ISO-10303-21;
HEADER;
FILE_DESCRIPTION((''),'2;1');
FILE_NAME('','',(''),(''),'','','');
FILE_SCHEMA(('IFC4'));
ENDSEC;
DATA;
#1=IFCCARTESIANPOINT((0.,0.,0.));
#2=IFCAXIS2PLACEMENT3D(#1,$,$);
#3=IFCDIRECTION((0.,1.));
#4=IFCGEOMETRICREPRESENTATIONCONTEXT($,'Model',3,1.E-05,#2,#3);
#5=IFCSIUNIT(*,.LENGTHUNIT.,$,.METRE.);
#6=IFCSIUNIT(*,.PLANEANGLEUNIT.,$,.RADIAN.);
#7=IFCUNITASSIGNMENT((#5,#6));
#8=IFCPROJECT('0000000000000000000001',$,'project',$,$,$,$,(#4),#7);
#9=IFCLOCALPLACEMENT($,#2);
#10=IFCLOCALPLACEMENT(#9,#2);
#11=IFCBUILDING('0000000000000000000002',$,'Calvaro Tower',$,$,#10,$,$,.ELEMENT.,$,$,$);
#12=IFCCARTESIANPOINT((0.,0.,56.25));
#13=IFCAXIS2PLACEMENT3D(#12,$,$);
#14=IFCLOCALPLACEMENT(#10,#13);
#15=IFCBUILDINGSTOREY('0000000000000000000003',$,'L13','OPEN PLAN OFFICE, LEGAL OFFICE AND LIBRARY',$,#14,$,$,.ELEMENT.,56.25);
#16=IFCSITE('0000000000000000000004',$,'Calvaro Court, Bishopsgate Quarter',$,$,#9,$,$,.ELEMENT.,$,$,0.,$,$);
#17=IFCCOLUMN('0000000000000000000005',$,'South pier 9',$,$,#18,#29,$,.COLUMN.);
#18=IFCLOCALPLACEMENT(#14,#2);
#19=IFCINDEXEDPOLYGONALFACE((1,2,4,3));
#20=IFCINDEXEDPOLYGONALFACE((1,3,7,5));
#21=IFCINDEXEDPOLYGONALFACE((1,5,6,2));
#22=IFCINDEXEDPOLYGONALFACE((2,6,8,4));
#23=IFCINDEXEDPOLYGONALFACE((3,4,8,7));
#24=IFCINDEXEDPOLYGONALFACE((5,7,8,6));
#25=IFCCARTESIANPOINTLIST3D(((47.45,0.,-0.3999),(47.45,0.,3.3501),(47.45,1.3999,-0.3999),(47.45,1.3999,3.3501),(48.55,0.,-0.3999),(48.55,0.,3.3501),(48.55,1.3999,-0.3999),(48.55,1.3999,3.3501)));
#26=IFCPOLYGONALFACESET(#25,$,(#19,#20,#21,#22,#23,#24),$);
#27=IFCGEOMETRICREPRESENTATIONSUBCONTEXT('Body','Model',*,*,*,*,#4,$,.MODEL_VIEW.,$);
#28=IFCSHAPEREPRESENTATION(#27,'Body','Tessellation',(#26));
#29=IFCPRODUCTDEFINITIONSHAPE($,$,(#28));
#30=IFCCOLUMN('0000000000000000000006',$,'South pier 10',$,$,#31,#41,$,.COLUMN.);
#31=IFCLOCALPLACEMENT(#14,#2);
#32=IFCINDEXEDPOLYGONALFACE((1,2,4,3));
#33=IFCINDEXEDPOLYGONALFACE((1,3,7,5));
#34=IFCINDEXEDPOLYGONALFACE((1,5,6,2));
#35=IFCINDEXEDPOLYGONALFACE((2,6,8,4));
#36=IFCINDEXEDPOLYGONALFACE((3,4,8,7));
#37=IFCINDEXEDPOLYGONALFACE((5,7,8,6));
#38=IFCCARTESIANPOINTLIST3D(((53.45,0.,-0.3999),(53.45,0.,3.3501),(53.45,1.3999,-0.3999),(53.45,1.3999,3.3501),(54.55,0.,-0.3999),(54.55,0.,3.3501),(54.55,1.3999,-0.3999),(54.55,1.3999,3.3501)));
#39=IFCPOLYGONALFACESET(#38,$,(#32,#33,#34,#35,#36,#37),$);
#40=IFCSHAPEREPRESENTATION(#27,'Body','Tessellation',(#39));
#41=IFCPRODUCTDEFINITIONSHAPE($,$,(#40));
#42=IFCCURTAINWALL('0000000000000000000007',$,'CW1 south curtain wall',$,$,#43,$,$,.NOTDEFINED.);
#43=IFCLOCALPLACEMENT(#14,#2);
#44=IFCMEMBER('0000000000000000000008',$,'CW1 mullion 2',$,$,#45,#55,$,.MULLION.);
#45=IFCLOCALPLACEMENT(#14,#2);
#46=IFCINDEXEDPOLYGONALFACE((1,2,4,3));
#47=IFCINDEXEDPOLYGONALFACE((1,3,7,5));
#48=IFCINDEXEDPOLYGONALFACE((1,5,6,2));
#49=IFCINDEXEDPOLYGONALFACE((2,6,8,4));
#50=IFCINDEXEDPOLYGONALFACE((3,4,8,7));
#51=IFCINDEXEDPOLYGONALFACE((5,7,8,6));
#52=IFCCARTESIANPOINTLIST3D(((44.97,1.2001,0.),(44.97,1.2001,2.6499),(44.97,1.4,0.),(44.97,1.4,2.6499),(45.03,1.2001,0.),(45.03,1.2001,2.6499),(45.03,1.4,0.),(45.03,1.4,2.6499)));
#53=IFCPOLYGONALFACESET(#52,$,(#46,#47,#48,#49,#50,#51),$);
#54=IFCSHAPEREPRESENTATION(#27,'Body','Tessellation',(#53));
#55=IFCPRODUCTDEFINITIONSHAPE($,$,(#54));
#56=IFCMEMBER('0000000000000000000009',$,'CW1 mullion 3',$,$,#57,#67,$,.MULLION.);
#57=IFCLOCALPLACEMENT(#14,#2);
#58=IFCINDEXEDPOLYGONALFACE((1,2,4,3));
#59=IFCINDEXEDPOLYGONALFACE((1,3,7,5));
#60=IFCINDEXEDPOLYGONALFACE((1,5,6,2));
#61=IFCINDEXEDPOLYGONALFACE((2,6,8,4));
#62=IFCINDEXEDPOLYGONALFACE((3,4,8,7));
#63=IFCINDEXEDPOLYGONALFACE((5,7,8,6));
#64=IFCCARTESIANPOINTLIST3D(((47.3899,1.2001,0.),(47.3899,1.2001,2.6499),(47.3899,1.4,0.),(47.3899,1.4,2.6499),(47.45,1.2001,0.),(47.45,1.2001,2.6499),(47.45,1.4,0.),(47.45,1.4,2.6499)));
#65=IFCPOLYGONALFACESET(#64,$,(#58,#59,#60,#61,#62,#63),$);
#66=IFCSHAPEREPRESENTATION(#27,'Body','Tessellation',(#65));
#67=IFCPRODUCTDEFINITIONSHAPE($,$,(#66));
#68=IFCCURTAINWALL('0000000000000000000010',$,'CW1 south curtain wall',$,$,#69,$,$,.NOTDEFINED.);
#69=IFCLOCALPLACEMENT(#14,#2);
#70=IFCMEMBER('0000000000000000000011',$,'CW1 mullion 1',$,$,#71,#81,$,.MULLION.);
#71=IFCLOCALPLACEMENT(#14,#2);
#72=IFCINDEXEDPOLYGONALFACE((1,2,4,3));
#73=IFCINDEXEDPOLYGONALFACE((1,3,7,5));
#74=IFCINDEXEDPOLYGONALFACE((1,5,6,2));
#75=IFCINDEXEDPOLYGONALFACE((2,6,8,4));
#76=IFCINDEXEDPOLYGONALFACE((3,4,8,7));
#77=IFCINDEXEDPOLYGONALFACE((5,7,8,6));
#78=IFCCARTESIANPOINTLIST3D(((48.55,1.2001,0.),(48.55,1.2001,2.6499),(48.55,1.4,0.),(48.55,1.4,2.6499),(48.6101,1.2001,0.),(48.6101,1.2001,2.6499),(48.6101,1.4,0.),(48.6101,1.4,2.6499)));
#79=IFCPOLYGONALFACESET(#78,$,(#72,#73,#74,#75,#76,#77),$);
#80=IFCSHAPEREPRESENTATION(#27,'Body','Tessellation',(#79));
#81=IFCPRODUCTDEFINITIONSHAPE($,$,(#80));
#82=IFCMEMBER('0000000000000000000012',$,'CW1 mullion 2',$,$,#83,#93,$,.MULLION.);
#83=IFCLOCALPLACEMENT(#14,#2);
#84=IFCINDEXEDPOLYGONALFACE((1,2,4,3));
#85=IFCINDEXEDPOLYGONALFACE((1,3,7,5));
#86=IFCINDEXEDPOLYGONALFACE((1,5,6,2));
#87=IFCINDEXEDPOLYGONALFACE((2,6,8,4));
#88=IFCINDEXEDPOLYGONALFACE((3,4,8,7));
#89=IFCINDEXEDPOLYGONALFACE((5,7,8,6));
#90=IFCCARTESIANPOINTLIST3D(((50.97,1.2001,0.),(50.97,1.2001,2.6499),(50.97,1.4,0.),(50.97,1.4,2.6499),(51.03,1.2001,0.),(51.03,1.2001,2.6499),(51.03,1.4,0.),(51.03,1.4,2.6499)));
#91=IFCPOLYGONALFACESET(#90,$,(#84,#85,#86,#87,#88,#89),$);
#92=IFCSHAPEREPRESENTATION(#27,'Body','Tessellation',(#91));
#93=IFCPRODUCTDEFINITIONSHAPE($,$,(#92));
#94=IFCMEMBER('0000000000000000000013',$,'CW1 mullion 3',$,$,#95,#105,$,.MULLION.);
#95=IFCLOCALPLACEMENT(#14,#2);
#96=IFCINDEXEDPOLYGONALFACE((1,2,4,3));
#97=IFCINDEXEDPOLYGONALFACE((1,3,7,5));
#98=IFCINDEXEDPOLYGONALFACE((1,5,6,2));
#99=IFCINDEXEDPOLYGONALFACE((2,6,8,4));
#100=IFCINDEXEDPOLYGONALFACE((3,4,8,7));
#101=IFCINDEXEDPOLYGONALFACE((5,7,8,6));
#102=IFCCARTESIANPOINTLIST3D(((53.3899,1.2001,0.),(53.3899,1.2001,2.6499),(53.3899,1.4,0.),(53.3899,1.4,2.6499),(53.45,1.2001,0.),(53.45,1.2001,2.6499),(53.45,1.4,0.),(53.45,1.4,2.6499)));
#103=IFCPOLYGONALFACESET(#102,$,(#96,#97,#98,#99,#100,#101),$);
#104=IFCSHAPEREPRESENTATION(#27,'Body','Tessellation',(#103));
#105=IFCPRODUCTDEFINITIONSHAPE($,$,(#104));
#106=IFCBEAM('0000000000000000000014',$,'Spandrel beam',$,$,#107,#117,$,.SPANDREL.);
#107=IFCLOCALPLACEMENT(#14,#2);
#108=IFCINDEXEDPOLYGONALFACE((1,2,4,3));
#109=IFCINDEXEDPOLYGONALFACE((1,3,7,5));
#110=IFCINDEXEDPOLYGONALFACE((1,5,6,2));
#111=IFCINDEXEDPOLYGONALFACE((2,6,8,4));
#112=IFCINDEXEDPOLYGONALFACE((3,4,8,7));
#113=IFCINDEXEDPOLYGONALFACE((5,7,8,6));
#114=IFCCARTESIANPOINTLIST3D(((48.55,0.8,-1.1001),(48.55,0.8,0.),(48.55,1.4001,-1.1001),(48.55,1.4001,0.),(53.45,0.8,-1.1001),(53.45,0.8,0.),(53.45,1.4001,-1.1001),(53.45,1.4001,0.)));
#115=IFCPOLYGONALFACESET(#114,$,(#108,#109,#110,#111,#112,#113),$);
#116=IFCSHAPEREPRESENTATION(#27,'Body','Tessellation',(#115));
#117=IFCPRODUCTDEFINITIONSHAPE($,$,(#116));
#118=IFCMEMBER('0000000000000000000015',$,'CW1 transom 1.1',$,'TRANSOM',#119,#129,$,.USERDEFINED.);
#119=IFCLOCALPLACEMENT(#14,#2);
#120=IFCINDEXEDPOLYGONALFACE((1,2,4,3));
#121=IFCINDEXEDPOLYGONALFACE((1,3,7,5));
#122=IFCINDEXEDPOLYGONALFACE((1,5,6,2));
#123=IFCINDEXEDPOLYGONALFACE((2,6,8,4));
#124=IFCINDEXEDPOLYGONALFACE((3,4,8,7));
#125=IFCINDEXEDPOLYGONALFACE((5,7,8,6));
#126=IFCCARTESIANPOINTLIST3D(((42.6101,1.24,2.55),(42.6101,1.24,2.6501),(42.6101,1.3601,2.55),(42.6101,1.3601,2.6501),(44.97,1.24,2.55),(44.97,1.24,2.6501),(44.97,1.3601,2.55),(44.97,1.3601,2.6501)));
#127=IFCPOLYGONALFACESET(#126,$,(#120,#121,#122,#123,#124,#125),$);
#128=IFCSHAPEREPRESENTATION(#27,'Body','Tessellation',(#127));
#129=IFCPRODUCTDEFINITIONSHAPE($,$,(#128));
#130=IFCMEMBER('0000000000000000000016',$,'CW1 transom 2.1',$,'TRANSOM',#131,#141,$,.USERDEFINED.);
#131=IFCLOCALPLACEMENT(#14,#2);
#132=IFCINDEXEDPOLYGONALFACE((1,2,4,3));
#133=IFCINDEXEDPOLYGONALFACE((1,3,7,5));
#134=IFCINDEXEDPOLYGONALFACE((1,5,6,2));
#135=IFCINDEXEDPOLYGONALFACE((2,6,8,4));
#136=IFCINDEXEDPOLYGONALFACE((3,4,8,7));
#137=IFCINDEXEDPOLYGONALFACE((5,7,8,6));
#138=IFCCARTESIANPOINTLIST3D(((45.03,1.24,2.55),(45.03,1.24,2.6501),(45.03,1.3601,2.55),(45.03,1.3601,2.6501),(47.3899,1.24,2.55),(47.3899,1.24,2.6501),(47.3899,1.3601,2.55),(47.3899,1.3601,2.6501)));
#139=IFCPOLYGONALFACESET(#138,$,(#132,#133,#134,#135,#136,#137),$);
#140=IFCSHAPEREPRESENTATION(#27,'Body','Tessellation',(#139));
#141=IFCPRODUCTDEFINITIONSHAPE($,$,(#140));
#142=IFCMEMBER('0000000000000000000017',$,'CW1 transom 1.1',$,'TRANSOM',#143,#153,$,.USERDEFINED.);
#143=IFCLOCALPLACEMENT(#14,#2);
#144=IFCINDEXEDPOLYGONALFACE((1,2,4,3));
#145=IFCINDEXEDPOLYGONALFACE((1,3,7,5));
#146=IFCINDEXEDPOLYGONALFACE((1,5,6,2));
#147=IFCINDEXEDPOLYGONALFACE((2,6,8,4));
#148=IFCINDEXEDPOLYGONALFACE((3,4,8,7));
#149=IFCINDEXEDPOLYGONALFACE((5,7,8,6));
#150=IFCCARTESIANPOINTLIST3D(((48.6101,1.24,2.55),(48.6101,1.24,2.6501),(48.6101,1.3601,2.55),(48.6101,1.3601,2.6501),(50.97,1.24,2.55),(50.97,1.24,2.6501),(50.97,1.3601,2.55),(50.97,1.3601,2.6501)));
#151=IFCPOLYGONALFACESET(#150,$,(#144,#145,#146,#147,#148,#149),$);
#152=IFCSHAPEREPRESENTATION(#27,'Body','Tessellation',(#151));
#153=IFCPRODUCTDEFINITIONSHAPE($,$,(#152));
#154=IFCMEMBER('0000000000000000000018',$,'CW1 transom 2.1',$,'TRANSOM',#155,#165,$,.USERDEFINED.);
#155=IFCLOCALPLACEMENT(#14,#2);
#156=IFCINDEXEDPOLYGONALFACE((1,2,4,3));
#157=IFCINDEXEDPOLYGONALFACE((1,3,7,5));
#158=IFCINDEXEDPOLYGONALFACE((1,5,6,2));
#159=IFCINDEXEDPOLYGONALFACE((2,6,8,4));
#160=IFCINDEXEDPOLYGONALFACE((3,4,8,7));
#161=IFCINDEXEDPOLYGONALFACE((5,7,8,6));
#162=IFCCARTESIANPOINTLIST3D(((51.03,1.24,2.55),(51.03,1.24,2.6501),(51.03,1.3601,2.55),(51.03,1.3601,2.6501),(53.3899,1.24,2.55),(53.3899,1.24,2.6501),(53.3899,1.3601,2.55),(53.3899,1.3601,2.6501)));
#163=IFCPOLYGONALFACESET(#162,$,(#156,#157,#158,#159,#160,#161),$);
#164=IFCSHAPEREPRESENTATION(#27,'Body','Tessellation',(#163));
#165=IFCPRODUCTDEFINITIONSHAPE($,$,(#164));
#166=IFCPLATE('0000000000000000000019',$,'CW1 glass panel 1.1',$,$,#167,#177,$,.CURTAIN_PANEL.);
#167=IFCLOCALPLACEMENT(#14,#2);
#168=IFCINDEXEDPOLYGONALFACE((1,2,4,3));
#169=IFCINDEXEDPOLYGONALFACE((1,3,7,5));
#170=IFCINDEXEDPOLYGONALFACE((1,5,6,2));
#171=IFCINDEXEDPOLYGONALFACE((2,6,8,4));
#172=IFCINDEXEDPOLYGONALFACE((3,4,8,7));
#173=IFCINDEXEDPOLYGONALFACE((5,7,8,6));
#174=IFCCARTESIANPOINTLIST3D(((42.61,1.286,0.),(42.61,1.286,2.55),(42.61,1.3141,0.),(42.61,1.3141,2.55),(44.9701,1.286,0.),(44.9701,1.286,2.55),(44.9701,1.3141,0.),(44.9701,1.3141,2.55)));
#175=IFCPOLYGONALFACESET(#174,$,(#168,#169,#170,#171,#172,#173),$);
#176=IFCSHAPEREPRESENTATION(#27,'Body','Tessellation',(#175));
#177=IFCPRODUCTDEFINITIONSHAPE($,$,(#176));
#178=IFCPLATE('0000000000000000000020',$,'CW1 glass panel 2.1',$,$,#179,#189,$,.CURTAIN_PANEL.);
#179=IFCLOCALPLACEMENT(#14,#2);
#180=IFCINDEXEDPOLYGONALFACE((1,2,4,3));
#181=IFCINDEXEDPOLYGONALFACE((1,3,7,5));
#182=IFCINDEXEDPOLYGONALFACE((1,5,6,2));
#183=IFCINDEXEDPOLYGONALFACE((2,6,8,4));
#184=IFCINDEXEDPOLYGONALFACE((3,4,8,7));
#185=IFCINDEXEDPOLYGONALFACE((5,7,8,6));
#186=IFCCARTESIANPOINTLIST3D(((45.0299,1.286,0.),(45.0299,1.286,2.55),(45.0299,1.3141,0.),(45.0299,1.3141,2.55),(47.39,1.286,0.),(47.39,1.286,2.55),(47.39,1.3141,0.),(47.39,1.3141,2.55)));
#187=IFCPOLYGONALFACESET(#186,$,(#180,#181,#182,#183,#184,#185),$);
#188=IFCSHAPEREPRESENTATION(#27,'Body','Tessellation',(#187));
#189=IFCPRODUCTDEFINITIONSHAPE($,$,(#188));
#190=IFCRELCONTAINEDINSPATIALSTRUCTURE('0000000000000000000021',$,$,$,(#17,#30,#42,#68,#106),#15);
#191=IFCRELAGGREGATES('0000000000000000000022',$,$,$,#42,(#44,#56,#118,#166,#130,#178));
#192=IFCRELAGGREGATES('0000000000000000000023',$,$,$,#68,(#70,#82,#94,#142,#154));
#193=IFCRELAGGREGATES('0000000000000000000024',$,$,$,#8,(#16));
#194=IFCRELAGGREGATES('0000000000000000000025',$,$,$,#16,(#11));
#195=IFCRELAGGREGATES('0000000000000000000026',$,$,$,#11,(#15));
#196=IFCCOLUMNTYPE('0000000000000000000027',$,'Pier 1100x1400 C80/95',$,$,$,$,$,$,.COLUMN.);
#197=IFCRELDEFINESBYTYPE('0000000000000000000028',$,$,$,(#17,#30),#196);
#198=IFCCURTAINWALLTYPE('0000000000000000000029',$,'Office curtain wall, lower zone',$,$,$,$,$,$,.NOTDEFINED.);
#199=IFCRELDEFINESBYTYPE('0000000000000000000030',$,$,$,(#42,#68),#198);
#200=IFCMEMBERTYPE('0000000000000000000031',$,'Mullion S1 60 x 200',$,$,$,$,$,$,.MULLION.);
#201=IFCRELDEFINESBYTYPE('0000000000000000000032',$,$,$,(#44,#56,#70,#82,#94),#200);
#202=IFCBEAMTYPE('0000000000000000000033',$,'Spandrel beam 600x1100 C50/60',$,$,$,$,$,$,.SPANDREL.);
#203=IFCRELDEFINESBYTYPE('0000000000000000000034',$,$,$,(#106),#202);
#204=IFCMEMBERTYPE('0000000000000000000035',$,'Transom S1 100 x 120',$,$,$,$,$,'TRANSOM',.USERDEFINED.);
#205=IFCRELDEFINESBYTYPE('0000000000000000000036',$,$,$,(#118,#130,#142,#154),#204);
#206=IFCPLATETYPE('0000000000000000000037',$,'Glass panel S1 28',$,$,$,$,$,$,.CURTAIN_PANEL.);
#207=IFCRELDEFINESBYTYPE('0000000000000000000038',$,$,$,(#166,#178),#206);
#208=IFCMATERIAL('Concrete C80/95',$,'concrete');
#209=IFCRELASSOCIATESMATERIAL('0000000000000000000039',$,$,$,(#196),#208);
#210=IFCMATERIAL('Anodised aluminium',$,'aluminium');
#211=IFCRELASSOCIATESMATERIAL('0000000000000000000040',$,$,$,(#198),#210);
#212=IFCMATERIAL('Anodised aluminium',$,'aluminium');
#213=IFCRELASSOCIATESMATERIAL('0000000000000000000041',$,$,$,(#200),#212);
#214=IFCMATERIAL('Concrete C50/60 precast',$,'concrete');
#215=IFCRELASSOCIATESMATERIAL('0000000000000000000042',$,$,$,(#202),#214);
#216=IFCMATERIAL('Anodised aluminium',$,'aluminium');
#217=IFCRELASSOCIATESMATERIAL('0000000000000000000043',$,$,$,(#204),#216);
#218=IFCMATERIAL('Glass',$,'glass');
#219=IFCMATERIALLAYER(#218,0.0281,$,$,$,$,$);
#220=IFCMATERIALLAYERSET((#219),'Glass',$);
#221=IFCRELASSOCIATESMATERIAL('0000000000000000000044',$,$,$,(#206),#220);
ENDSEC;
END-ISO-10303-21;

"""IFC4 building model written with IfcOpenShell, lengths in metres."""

from ifc_helpers import new_model, si_unit, direction, frame, origin, origin_2d, place, context, subcontext, project, spatial, rectangle, extrude, material, layer, layer_set, material_profile, profile_set, type_object, element, aggregate, save


model = new_model("IFC4")

# Units and contexts
model_context = context("Model", 3, precision=1e-05, world=origin(), true_north=direction((0.0, 1.0)))
body_context = subcontext(model_context, "Body", "Model", "MODEL_VIEW")
ifc_project = project(units=[si_unit("LENGTHUNIT", "METRE"), si_unit("PLANEANGLEUNIT", "RADIAN")], contexts=[model_context])

# Site, building, storey
site_placement = place(None, origin())
site = spatial("IfcSite", under=ifc_project, at=site_placement, Name="Calvaro Court, Bishopsgate Quarter", CompositionType="ELEMENT", RefElevation=0.0)
building_placement = place(site_placement, origin())
building = spatial("IfcBuilding", under=site, at=building_placement, Name="Calvaro Tower", CompositionType="ELEMENT")
storey_placement = place(building_placement, frame((0.0, 0.0, 56.25)))
storey = spatial("IfcBuildingStorey", under=building, at=storey_placement, Name="L13", Description="OPEN PLAN OFFICE, LEGAL OFFICE AND LIBRARY", CompositionType="ELEMENT", Elevation=56.25)

# Columns
ifc_material_1 = material(Name="Concrete C80/95", Category="concrete")
ifc_material_profile_1 = material_profile(ifc_material_1, rectangle(XDim=1.1001, YDim=1.3999, at=origin_2d()), Name="RC 1100x1400")
ifc_profile_set_1 = profile_set([ifc_material_profile_1], Name="Concrete C80/95")
column_type = type_object("IfcColumnType", Name="Pier 1100x1400 C80/95", PredefinedType="COLUMN", material=ifc_profile_set_1)
for number, where, z_axis, x_axis, name in (
    (1, (48.0, 0.7, -0.3999), (0.0, 0.0, 1.0), (1.0, 0.0, 0.0), "South pier 9"),
    (2, (54.0, 0.7, -0.3999), (0.0, 0.0, 1.0), (1.0, 0.0, 0.0), "South pier 10"),
):
    element("IfcColumn", number, at=place(storey_placement, frame(where, z_axis=z_axis, x_axis=x_axis)), inside=storey, type_object=column_type, Name=name, PredefinedType="COLUMN", context=body_context, shape_type="SweptSolid", body=[
        extrude(rectangle(XDim=1.1001, YDim=1.3999, at=origin_2d()), origin(), (0.0, 0.0, 1.0), 3.75),
    ])

# Curtain walls, members
ifc_material_2 = material(Name="Anodised aluminium", Category="aluminium")
curtain_wall_type = type_object("IfcCurtainWallType", Name="Office curtain wall, lower zone", PredefinedType="NOTDEFINED", material=ifc_material_2)
curtain_wall_1_placement = place(storey_placement, origin())
curtain_wall_1 = element("IfcCurtainWall", 3, at=curtain_wall_1_placement, inside=storey, type_object=curtain_wall_type, Name="CW1 south curtain wall", PredefinedType="NOTDEFINED")
ifc_material_3 = material(Name="Anodised aluminium", Category="aluminium")
ifc_material_profile_2 = material_profile(ifc_material_3, rectangle(XDim=0.2, YDim=0.0601, at=origin_2d()), Name="Mullion S1 60 x 200")
ifc_profile_set_2 = profile_set([ifc_material_profile_2], Name="Anodised aluminium")
member_type_1 = type_object("IfcMemberType", Name="Mullion S1 60 x 200", PredefinedType="MULLION", material=ifc_profile_set_2)
member_1_placement = place(storey_placement, frame((45.0, 1.3, 0.0), z_axis=(0.0, 0.0, 1.0), x_axis=(0.0, 1.0, 0.0)))
member_1 = element("IfcMember", 4, at=member_1_placement, type_object=member_type_1, Name="CW1 mullion 2", PredefinedType="MULLION", context=body_context, shape_type="SweptSolid", body=[
    extrude(rectangle(XDim=0.2, YDim=0.0601, at=origin_2d()), origin(), (0.0, 0.0, 1.0), 2.6499),
])
member_2_placement = place(storey_placement, frame((47.4199, 1.3, 0.0), z_axis=(0.0, 0.0, 1.0), x_axis=(0.0, 1.0, 0.0)))
member_2 = element("IfcMember", 5, at=member_2_placement, type_object=member_type_1, Name="CW1 mullion 3", PredefinedType="MULLION", context=body_context, shape_type="SweptSolid", body=[
    extrude(rectangle(XDim=0.2, YDim=0.0601, at=origin_2d()), origin(), (0.0, 0.0, 1.0), 2.6499),
])
curtain_wall_2_placement = place(storey_placement, origin())
curtain_wall_2 = element("IfcCurtainWall", 6, at=curtain_wall_2_placement, inside=storey, type_object=curtain_wall_type, Name="CW1 south curtain wall", PredefinedType="NOTDEFINED")
member_3_placement = place(storey_placement, frame((48.5801, 1.3, 0.0), z_axis=(0.0, 0.0, 1.0), x_axis=(0.0, 1.0, 0.0)))
member_3 = element("IfcMember", 7, at=member_3_placement, type_object=member_type_1, Name="CW1 mullion 1", PredefinedType="MULLION", context=body_context, shape_type="SweptSolid", body=[
    extrude(rectangle(XDim=0.2, YDim=0.0601, at=origin_2d()), origin(), (0.0, 0.0, 1.0), 2.6499),
])
member_4_placement = place(storey_placement, frame((51.0, 1.3, 0.0), z_axis=(0.0, 0.0, 1.0), x_axis=(0.0, 1.0, 0.0)))
member_4 = element("IfcMember", 8, at=member_4_placement, type_object=member_type_1, Name="CW1 mullion 2", PredefinedType="MULLION", context=body_context, shape_type="SweptSolid", body=[
    extrude(rectangle(XDim=0.2, YDim=0.0601, at=origin_2d()), origin(), (0.0, 0.0, 1.0), 2.6499),
])
member_5_placement = place(storey_placement, frame((53.4199, 1.3, 0.0), z_axis=(0.0, 0.0, 1.0), x_axis=(0.0, 1.0, 0.0)))
member_5 = element("IfcMember", 9, at=member_5_placement, type_object=member_type_1, Name="CW1 mullion 3", PredefinedType="MULLION", context=body_context, shape_type="SweptSolid", body=[
    extrude(rectangle(XDim=0.2, YDim=0.0601, at=origin_2d()), origin(), (0.0, 0.0, 1.0), 2.6499),
])

# Beam
ifc_material_4 = material(Name="Concrete C50/60 precast", Category="concrete")
ifc_material_profile_3 = material_profile(ifc_material_4, rectangle(XDim=0.6001, YDim=1.1001, at=origin_2d()), Name="RC 600x1100")
ifc_profile_set_3 = profile_set([ifc_material_profile_3], Name="Concrete C50/60 precast")
beam_type = type_object("IfcBeamType", Name="Spandrel beam 600x1100 C50/60", PredefinedType="SPANDREL", material=ifc_profile_set_3)
beam_placement = place(storey_placement, frame((48.55, 1.1001, -0.55), z_axis=(1.0, 0.0, 0.0), x_axis=(0.0, 1.0, 0.0)))
element("IfcBeam", 10, at=beam_placement, inside=storey, type_object=beam_type, Name="Spandrel beam", PredefinedType="SPANDREL", context=body_context, shape_type="SweptSolid", body=[
    extrude(rectangle(XDim=0.6001, YDim=1.1001, at=origin_2d()), origin(), (0.0, 0.0, 1.0), 4.8999),
])

# Members
ifc_material_5 = material(Name="Anodised aluminium", Category="aluminium")
ifc_material_profile_4 = material_profile(ifc_material_5, rectangle(XDim=0.1201, YDim=0.1001, at=origin_2d()), Name="Transom S1 100 x 120")
ifc_profile_set_4 = profile_set([ifc_material_profile_4], Name="Anodised aluminium")
member_type_2 = type_object("IfcMemberType", Name="Transom S1 100 x 120", ElementType="TRANSOM", PredefinedType="USERDEFINED", material=ifc_profile_set_4)
member_6_placement = place(storey_placement, frame((42.6101, 1.3, 2.6001), z_axis=(1.0, 0.0, 0.0), x_axis=(0.0, 1.0, 0.0)))
member_6 = element("IfcMember", 11, at=member_6_placement, type_object=member_type_2, Name="CW1 transom 1.1", ObjectType="TRANSOM", PredefinedType="USERDEFINED", context=body_context, shape_type="SweptSolid", body=[
    extrude(rectangle(XDim=0.1201, YDim=0.1001, at=origin_2d()), origin(), (0.0, 0.0, 1.0), 2.3599),
])
member_7_placement = place(storey_placement, frame((45.03, 1.3, 2.6001), z_axis=(1.0, 0.0, 0.0), x_axis=(0.0, 1.0, 0.0)))
member_7 = element("IfcMember", 12, at=member_7_placement, type_object=member_type_2, Name="CW1 transom 2.1", ObjectType="TRANSOM", PredefinedType="USERDEFINED", context=body_context, shape_type="SweptSolid", body=[
    extrude(rectangle(XDim=0.1201, YDim=0.1001, at=origin_2d()), origin(), (0.0, 0.0, 1.0), 2.3599),
])
member_8_placement = place(storey_placement, frame((48.6101, 1.3, 2.6001), z_axis=(1.0, 0.0, 0.0), x_axis=(0.0, 1.0, 0.0)))
member_8 = element("IfcMember", 13, at=member_8_placement, type_object=member_type_2, Name="CW1 transom 1.1", ObjectType="TRANSOM", PredefinedType="USERDEFINED", context=body_context, shape_type="SweptSolid", body=[
    extrude(rectangle(XDim=0.1201, YDim=0.1001, at=origin_2d()), origin(), (0.0, 0.0, 1.0), 2.3599),
])
member_9_placement = place(storey_placement, frame((51.03, 1.3, 2.6001), z_axis=(1.0, 0.0, 0.0), x_axis=(0.0, 1.0, 0.0)))
member_9 = element("IfcMember", 14, at=member_9_placement, type_object=member_type_2, Name="CW1 transom 2.1", ObjectType="TRANSOM", PredefinedType="USERDEFINED", context=body_context, shape_type="SweptSolid", body=[
    extrude(rectangle(XDim=0.1201, YDim=0.1001, at=origin_2d()), origin(), (0.0, 0.0, 1.0), 2.3599),
])

# Plates
ifc_material_6 = material(Name="Glass", Category="glass")
ifc_layer_1 = layer(ifc_material_6, 0.0281)
ifc_layer_set_1 = layer_set([ifc_layer_1], Name="Glass")
plate_type = type_object("IfcPlateType", Name="Glass panel S1 28", PredefinedType="CURTAIN_PANEL", material=ifc_layer_set_1)
plate_1_placement = place(storey_placement, frame((43.79, 1.3, 0.0), z_axis=(0.0, 0.0, 1.0), x_axis=(1.0, 0.0, 0.0)))
plate_1 = element("IfcPlate", 15, at=plate_1_placement, type_object=plate_type, Name="CW1 glass panel 1.1", PredefinedType="CURTAIN_PANEL", context=body_context, shape_type="SweptSolid", body=[
    extrude(rectangle(XDim=2.3601, YDim=0.0281, at=origin_2d()), origin(), (0.0, 0.0, 1.0), 2.55),
])
plate_2_placement = place(storey_placement, frame((46.21, 1.3, 0.0), z_axis=(0.0, 0.0, 1.0), x_axis=(1.0, 0.0, 0.0)))
plate_2 = element("IfcPlate", 16, at=plate_2_placement, type_object=plate_type, Name="CW1 glass panel 2.1", PredefinedType="CURTAIN_PANEL", context=body_context, shape_type="SweptSolid", body=[
    extrude(rectangle(XDim=2.3601, YDim=0.0281, at=origin_2d()), origin(), (0.0, 0.0, 1.0), 2.55),
])
aggregate(curtain_wall_1, [member_1, member_2, member_6, plate_1, member_7, plate_2])
aggregate(curtain_wall_2, [member_3, member_4, member_5, member_8, member_9])

save(model, "model.ifc")
